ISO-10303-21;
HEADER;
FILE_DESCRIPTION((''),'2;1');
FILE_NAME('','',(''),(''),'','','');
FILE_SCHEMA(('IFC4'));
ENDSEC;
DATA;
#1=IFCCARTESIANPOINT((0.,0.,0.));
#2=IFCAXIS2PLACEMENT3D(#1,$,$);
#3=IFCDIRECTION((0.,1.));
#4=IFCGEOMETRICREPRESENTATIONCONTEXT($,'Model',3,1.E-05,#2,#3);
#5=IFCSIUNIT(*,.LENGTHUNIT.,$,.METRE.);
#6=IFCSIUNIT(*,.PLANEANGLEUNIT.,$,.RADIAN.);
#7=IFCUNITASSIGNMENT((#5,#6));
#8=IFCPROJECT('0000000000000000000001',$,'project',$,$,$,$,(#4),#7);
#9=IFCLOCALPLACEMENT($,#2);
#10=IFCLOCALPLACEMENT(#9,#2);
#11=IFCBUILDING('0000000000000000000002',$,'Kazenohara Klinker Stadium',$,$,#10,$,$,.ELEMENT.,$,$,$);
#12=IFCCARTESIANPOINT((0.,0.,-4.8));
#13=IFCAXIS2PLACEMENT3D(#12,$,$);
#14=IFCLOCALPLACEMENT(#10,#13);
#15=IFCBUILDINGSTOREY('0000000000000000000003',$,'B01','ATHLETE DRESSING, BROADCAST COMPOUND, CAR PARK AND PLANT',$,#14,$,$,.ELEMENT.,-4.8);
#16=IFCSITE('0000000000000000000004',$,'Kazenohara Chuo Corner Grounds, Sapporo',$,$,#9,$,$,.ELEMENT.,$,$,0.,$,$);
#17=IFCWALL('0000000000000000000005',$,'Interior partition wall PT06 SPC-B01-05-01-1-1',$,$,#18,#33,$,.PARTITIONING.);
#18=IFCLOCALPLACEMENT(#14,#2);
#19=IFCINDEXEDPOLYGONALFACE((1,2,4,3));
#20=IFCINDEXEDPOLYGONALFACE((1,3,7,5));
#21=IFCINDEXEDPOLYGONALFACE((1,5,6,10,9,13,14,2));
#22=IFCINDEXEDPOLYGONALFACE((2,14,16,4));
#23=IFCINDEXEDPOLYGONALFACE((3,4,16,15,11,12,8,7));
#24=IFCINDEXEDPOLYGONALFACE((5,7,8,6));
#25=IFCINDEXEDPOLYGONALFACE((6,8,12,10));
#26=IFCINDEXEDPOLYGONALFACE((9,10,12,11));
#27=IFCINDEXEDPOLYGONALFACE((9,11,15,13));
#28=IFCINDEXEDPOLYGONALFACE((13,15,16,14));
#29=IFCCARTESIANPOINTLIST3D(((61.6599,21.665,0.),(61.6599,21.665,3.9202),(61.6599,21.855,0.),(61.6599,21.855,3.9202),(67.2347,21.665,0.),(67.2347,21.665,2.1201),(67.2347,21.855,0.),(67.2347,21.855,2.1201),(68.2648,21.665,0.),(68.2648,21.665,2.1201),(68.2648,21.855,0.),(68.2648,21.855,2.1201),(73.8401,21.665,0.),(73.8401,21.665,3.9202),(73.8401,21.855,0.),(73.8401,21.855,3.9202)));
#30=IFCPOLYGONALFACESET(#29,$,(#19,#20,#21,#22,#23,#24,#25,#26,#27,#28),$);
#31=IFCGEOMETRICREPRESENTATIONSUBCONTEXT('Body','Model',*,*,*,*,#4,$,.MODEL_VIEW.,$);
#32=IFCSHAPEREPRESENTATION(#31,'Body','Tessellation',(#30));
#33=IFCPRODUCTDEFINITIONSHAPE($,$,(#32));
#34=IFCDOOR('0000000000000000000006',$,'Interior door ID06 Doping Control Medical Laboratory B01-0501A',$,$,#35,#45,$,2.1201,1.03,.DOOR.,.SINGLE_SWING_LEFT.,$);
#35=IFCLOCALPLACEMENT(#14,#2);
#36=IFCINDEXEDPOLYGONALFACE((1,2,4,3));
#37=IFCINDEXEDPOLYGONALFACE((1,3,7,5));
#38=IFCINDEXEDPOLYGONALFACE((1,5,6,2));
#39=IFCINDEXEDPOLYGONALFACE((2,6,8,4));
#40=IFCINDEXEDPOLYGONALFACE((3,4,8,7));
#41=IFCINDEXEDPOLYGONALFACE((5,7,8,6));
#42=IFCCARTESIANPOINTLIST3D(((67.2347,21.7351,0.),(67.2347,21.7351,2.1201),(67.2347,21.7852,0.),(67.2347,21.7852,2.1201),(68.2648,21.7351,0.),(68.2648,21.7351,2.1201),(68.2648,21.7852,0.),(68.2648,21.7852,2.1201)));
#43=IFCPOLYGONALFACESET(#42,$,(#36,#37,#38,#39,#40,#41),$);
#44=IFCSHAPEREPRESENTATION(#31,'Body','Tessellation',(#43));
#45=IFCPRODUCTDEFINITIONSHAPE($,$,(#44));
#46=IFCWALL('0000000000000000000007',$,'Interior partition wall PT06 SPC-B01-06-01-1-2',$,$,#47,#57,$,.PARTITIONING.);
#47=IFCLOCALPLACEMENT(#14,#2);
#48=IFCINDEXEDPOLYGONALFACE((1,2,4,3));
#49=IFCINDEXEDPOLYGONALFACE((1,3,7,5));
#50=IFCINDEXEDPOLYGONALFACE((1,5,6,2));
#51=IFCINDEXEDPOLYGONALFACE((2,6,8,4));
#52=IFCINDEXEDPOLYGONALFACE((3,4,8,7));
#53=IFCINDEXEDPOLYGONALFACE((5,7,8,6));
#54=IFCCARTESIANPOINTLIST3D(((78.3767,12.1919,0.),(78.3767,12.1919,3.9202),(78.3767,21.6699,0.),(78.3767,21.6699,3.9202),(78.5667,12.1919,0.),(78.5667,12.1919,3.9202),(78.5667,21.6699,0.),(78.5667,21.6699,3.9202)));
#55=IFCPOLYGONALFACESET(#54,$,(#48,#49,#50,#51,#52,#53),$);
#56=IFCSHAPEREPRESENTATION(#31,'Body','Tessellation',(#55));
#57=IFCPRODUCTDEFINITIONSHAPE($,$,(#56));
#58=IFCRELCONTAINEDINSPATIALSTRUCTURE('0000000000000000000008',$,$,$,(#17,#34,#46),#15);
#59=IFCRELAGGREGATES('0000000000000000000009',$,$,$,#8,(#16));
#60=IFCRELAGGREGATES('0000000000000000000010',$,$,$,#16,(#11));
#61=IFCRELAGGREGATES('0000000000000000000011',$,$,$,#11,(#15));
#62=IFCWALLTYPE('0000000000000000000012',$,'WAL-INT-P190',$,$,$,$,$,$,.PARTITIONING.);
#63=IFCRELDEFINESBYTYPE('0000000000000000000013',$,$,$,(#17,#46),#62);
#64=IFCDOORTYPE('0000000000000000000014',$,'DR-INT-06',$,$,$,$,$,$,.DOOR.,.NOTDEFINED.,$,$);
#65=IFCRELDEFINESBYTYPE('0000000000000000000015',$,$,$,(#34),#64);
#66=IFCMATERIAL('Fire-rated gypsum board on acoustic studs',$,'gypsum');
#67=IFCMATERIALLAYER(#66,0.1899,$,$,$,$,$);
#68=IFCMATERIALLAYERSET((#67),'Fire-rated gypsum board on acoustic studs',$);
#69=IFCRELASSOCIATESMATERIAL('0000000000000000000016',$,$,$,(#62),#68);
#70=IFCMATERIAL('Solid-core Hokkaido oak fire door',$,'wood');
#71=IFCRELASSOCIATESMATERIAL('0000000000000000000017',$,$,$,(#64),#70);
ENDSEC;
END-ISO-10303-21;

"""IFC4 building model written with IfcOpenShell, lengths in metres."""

from ifc_helpers import new_model, si_unit, direction, frame, frame_2d, origin, place, context, subcontext, project, spatial, rectangle, extrude, material, layer, layer_set, type_object, element, fill, save


model = new_model("IFC4")

# Units and contexts
model_context = context("Model", 3, precision=1e-05, world=origin(), true_north=direction((0.0, 1.0)))
body_context = subcontext(model_context, "Body", "Model", "MODEL_VIEW")
ifc_project = project(units=[si_unit("LENGTHUNIT", "METRE"), si_unit("PLANEANGLEUNIT", "RADIAN")], contexts=[model_context])

# Site, building, storey
site_placement = place(None, origin())
site = spatial("IfcSite", under=ifc_project, at=site_placement, Name="Kazenohara Chuo Corner Grounds, Sapporo", CompositionType="ELEMENT", RefElevation=0.0)
building_placement = place(site_placement, origin())
building = spatial("IfcBuilding", under=site, at=building_placement, Name="Kazenohara Klinker Stadium", CompositionType="ELEMENT")
storey_placement = place(building_placement, frame((0.0, 0.0, -4.8)))
storey = spatial("IfcBuildingStorey", under=building, at=storey_placement, Name="B01", Description="ATHLETE DRESSING, BROADCAST COMPOUND, CAR PARK AND PLANT", CompositionType="ELEMENT", Elevation=-4.8)

# Shared definitions
ifc_material_1 = material(Name="Fire-rated gypsum board on acoustic studs", Category="gypsum")
ifc_material_2 = material(Name="Solid-core Hokkaido oak fire door", Category="wood")

# Wall, opening, door
ifc_layer_1 = layer(ifc_material_1, 0.1899)
ifc_layer_set_1 = layer_set([ifc_layer_1], Name="Fire-rated gypsum board on acoustic studs")
wall_type_1 = type_object("IfcWallType", Name="WAL-INT-P190", PredefinedType="PARTITIONING", material=ifc_layer_set_1)
wall_1_placement = place(storey_placement, frame((61.6599, 21.76, 0.0), z_axis=(0.0, 0.0, 1.0), x_axis=(1.0, 0.0, 0.0)))
wall_1 = element("IfcWall", 1, at=wall_1_placement, inside=storey, type_object=wall_type_1, Name="Interior partition wall PT06 SPC-B01-05-01-1-1", PredefinedType="PARTITIONING", context=body_context, shape_type="SweptSolid", body=[
    extrude(rectangle(XDim=12.1802, YDim=0.1899, at=frame_2d((6.0901, 0.0))), origin(), (0.0, 0.0, 1.0), 3.9202),
])
opening_1_placement = place(wall_1_placement, frame((6.605, 0.0, 0.0), z_axis=(0.0, 0.0, 1.0), x_axis=(-1.0, 0.0, 0.0)))
opening_1 = element("IfcOpeningElement", 2, at=opening_1_placement, cuts=wall_1, PredefinedType="OPENING", context=body_context, shape_type="SweptSolid", body=[
    extrude(rectangle(XDim=1.03, YDim=2.1201, at=frame_2d((0.5151, 1.0601))), frame((0.0, 0.105, 0.0), z_axis=(0.0, -1.0, 0.0), x_axis=(1.0, 0.0, 0.0)), (0.0, 0.0, 1.0), 0.21),
])
door_type_1 = type_object("IfcDoorType", Name="DR-INT-06", OperationType="NOTDEFINED", PredefinedType="DOOR", material=ifc_material_2)
door_1_placement = place(opening_1_placement, origin())
door_1 = element("IfcDoor", 3, at=door_1_placement, inside=storey, type_object=door_type_1, Name="Interior door ID06 Doping Control Medical Laboratory B01-0501A", OperationType="SINGLE_SWING_LEFT", OverallHeight=2.1201, OverallWidth=1.03, PredefinedType="DOOR", context=body_context, shape_type="SweptSolid", body=[
    extrude(rectangle(XDim=1.03, YDim=2.1201, at=frame_2d((0.5151, 1.0601))), frame((0.0, 0.0249, 0.0), z_axis=(0.0, -1.0, 0.0), x_axis=(1.0, 0.0, 0.0)), (0.0, 0.0, 1.0), 0.05),
])
fill(opening_1, door_1)

# Wall
wall_2_placement = place(storey_placement, frame((78.4717, 12.1919, 0.0), z_axis=(0.0, 0.0, 1.0), x_axis=(0.0, 1.0, 0.0)))
element("IfcWall", 4, at=wall_2_placement, inside=storey, type_object=wall_type_1, Name="Interior partition wall PT06 SPC-B01-06-01-1-2", PredefinedType="PARTITIONING", context=body_context, shape_type="SweptSolid", body=[
    extrude(rectangle(XDim=9.478, YDim=0.1899, at=frame_2d((4.739, 0.0))), origin(), (0.0, 0.0, 1.0), 3.9202),
])

save(model, "model.ifc")
